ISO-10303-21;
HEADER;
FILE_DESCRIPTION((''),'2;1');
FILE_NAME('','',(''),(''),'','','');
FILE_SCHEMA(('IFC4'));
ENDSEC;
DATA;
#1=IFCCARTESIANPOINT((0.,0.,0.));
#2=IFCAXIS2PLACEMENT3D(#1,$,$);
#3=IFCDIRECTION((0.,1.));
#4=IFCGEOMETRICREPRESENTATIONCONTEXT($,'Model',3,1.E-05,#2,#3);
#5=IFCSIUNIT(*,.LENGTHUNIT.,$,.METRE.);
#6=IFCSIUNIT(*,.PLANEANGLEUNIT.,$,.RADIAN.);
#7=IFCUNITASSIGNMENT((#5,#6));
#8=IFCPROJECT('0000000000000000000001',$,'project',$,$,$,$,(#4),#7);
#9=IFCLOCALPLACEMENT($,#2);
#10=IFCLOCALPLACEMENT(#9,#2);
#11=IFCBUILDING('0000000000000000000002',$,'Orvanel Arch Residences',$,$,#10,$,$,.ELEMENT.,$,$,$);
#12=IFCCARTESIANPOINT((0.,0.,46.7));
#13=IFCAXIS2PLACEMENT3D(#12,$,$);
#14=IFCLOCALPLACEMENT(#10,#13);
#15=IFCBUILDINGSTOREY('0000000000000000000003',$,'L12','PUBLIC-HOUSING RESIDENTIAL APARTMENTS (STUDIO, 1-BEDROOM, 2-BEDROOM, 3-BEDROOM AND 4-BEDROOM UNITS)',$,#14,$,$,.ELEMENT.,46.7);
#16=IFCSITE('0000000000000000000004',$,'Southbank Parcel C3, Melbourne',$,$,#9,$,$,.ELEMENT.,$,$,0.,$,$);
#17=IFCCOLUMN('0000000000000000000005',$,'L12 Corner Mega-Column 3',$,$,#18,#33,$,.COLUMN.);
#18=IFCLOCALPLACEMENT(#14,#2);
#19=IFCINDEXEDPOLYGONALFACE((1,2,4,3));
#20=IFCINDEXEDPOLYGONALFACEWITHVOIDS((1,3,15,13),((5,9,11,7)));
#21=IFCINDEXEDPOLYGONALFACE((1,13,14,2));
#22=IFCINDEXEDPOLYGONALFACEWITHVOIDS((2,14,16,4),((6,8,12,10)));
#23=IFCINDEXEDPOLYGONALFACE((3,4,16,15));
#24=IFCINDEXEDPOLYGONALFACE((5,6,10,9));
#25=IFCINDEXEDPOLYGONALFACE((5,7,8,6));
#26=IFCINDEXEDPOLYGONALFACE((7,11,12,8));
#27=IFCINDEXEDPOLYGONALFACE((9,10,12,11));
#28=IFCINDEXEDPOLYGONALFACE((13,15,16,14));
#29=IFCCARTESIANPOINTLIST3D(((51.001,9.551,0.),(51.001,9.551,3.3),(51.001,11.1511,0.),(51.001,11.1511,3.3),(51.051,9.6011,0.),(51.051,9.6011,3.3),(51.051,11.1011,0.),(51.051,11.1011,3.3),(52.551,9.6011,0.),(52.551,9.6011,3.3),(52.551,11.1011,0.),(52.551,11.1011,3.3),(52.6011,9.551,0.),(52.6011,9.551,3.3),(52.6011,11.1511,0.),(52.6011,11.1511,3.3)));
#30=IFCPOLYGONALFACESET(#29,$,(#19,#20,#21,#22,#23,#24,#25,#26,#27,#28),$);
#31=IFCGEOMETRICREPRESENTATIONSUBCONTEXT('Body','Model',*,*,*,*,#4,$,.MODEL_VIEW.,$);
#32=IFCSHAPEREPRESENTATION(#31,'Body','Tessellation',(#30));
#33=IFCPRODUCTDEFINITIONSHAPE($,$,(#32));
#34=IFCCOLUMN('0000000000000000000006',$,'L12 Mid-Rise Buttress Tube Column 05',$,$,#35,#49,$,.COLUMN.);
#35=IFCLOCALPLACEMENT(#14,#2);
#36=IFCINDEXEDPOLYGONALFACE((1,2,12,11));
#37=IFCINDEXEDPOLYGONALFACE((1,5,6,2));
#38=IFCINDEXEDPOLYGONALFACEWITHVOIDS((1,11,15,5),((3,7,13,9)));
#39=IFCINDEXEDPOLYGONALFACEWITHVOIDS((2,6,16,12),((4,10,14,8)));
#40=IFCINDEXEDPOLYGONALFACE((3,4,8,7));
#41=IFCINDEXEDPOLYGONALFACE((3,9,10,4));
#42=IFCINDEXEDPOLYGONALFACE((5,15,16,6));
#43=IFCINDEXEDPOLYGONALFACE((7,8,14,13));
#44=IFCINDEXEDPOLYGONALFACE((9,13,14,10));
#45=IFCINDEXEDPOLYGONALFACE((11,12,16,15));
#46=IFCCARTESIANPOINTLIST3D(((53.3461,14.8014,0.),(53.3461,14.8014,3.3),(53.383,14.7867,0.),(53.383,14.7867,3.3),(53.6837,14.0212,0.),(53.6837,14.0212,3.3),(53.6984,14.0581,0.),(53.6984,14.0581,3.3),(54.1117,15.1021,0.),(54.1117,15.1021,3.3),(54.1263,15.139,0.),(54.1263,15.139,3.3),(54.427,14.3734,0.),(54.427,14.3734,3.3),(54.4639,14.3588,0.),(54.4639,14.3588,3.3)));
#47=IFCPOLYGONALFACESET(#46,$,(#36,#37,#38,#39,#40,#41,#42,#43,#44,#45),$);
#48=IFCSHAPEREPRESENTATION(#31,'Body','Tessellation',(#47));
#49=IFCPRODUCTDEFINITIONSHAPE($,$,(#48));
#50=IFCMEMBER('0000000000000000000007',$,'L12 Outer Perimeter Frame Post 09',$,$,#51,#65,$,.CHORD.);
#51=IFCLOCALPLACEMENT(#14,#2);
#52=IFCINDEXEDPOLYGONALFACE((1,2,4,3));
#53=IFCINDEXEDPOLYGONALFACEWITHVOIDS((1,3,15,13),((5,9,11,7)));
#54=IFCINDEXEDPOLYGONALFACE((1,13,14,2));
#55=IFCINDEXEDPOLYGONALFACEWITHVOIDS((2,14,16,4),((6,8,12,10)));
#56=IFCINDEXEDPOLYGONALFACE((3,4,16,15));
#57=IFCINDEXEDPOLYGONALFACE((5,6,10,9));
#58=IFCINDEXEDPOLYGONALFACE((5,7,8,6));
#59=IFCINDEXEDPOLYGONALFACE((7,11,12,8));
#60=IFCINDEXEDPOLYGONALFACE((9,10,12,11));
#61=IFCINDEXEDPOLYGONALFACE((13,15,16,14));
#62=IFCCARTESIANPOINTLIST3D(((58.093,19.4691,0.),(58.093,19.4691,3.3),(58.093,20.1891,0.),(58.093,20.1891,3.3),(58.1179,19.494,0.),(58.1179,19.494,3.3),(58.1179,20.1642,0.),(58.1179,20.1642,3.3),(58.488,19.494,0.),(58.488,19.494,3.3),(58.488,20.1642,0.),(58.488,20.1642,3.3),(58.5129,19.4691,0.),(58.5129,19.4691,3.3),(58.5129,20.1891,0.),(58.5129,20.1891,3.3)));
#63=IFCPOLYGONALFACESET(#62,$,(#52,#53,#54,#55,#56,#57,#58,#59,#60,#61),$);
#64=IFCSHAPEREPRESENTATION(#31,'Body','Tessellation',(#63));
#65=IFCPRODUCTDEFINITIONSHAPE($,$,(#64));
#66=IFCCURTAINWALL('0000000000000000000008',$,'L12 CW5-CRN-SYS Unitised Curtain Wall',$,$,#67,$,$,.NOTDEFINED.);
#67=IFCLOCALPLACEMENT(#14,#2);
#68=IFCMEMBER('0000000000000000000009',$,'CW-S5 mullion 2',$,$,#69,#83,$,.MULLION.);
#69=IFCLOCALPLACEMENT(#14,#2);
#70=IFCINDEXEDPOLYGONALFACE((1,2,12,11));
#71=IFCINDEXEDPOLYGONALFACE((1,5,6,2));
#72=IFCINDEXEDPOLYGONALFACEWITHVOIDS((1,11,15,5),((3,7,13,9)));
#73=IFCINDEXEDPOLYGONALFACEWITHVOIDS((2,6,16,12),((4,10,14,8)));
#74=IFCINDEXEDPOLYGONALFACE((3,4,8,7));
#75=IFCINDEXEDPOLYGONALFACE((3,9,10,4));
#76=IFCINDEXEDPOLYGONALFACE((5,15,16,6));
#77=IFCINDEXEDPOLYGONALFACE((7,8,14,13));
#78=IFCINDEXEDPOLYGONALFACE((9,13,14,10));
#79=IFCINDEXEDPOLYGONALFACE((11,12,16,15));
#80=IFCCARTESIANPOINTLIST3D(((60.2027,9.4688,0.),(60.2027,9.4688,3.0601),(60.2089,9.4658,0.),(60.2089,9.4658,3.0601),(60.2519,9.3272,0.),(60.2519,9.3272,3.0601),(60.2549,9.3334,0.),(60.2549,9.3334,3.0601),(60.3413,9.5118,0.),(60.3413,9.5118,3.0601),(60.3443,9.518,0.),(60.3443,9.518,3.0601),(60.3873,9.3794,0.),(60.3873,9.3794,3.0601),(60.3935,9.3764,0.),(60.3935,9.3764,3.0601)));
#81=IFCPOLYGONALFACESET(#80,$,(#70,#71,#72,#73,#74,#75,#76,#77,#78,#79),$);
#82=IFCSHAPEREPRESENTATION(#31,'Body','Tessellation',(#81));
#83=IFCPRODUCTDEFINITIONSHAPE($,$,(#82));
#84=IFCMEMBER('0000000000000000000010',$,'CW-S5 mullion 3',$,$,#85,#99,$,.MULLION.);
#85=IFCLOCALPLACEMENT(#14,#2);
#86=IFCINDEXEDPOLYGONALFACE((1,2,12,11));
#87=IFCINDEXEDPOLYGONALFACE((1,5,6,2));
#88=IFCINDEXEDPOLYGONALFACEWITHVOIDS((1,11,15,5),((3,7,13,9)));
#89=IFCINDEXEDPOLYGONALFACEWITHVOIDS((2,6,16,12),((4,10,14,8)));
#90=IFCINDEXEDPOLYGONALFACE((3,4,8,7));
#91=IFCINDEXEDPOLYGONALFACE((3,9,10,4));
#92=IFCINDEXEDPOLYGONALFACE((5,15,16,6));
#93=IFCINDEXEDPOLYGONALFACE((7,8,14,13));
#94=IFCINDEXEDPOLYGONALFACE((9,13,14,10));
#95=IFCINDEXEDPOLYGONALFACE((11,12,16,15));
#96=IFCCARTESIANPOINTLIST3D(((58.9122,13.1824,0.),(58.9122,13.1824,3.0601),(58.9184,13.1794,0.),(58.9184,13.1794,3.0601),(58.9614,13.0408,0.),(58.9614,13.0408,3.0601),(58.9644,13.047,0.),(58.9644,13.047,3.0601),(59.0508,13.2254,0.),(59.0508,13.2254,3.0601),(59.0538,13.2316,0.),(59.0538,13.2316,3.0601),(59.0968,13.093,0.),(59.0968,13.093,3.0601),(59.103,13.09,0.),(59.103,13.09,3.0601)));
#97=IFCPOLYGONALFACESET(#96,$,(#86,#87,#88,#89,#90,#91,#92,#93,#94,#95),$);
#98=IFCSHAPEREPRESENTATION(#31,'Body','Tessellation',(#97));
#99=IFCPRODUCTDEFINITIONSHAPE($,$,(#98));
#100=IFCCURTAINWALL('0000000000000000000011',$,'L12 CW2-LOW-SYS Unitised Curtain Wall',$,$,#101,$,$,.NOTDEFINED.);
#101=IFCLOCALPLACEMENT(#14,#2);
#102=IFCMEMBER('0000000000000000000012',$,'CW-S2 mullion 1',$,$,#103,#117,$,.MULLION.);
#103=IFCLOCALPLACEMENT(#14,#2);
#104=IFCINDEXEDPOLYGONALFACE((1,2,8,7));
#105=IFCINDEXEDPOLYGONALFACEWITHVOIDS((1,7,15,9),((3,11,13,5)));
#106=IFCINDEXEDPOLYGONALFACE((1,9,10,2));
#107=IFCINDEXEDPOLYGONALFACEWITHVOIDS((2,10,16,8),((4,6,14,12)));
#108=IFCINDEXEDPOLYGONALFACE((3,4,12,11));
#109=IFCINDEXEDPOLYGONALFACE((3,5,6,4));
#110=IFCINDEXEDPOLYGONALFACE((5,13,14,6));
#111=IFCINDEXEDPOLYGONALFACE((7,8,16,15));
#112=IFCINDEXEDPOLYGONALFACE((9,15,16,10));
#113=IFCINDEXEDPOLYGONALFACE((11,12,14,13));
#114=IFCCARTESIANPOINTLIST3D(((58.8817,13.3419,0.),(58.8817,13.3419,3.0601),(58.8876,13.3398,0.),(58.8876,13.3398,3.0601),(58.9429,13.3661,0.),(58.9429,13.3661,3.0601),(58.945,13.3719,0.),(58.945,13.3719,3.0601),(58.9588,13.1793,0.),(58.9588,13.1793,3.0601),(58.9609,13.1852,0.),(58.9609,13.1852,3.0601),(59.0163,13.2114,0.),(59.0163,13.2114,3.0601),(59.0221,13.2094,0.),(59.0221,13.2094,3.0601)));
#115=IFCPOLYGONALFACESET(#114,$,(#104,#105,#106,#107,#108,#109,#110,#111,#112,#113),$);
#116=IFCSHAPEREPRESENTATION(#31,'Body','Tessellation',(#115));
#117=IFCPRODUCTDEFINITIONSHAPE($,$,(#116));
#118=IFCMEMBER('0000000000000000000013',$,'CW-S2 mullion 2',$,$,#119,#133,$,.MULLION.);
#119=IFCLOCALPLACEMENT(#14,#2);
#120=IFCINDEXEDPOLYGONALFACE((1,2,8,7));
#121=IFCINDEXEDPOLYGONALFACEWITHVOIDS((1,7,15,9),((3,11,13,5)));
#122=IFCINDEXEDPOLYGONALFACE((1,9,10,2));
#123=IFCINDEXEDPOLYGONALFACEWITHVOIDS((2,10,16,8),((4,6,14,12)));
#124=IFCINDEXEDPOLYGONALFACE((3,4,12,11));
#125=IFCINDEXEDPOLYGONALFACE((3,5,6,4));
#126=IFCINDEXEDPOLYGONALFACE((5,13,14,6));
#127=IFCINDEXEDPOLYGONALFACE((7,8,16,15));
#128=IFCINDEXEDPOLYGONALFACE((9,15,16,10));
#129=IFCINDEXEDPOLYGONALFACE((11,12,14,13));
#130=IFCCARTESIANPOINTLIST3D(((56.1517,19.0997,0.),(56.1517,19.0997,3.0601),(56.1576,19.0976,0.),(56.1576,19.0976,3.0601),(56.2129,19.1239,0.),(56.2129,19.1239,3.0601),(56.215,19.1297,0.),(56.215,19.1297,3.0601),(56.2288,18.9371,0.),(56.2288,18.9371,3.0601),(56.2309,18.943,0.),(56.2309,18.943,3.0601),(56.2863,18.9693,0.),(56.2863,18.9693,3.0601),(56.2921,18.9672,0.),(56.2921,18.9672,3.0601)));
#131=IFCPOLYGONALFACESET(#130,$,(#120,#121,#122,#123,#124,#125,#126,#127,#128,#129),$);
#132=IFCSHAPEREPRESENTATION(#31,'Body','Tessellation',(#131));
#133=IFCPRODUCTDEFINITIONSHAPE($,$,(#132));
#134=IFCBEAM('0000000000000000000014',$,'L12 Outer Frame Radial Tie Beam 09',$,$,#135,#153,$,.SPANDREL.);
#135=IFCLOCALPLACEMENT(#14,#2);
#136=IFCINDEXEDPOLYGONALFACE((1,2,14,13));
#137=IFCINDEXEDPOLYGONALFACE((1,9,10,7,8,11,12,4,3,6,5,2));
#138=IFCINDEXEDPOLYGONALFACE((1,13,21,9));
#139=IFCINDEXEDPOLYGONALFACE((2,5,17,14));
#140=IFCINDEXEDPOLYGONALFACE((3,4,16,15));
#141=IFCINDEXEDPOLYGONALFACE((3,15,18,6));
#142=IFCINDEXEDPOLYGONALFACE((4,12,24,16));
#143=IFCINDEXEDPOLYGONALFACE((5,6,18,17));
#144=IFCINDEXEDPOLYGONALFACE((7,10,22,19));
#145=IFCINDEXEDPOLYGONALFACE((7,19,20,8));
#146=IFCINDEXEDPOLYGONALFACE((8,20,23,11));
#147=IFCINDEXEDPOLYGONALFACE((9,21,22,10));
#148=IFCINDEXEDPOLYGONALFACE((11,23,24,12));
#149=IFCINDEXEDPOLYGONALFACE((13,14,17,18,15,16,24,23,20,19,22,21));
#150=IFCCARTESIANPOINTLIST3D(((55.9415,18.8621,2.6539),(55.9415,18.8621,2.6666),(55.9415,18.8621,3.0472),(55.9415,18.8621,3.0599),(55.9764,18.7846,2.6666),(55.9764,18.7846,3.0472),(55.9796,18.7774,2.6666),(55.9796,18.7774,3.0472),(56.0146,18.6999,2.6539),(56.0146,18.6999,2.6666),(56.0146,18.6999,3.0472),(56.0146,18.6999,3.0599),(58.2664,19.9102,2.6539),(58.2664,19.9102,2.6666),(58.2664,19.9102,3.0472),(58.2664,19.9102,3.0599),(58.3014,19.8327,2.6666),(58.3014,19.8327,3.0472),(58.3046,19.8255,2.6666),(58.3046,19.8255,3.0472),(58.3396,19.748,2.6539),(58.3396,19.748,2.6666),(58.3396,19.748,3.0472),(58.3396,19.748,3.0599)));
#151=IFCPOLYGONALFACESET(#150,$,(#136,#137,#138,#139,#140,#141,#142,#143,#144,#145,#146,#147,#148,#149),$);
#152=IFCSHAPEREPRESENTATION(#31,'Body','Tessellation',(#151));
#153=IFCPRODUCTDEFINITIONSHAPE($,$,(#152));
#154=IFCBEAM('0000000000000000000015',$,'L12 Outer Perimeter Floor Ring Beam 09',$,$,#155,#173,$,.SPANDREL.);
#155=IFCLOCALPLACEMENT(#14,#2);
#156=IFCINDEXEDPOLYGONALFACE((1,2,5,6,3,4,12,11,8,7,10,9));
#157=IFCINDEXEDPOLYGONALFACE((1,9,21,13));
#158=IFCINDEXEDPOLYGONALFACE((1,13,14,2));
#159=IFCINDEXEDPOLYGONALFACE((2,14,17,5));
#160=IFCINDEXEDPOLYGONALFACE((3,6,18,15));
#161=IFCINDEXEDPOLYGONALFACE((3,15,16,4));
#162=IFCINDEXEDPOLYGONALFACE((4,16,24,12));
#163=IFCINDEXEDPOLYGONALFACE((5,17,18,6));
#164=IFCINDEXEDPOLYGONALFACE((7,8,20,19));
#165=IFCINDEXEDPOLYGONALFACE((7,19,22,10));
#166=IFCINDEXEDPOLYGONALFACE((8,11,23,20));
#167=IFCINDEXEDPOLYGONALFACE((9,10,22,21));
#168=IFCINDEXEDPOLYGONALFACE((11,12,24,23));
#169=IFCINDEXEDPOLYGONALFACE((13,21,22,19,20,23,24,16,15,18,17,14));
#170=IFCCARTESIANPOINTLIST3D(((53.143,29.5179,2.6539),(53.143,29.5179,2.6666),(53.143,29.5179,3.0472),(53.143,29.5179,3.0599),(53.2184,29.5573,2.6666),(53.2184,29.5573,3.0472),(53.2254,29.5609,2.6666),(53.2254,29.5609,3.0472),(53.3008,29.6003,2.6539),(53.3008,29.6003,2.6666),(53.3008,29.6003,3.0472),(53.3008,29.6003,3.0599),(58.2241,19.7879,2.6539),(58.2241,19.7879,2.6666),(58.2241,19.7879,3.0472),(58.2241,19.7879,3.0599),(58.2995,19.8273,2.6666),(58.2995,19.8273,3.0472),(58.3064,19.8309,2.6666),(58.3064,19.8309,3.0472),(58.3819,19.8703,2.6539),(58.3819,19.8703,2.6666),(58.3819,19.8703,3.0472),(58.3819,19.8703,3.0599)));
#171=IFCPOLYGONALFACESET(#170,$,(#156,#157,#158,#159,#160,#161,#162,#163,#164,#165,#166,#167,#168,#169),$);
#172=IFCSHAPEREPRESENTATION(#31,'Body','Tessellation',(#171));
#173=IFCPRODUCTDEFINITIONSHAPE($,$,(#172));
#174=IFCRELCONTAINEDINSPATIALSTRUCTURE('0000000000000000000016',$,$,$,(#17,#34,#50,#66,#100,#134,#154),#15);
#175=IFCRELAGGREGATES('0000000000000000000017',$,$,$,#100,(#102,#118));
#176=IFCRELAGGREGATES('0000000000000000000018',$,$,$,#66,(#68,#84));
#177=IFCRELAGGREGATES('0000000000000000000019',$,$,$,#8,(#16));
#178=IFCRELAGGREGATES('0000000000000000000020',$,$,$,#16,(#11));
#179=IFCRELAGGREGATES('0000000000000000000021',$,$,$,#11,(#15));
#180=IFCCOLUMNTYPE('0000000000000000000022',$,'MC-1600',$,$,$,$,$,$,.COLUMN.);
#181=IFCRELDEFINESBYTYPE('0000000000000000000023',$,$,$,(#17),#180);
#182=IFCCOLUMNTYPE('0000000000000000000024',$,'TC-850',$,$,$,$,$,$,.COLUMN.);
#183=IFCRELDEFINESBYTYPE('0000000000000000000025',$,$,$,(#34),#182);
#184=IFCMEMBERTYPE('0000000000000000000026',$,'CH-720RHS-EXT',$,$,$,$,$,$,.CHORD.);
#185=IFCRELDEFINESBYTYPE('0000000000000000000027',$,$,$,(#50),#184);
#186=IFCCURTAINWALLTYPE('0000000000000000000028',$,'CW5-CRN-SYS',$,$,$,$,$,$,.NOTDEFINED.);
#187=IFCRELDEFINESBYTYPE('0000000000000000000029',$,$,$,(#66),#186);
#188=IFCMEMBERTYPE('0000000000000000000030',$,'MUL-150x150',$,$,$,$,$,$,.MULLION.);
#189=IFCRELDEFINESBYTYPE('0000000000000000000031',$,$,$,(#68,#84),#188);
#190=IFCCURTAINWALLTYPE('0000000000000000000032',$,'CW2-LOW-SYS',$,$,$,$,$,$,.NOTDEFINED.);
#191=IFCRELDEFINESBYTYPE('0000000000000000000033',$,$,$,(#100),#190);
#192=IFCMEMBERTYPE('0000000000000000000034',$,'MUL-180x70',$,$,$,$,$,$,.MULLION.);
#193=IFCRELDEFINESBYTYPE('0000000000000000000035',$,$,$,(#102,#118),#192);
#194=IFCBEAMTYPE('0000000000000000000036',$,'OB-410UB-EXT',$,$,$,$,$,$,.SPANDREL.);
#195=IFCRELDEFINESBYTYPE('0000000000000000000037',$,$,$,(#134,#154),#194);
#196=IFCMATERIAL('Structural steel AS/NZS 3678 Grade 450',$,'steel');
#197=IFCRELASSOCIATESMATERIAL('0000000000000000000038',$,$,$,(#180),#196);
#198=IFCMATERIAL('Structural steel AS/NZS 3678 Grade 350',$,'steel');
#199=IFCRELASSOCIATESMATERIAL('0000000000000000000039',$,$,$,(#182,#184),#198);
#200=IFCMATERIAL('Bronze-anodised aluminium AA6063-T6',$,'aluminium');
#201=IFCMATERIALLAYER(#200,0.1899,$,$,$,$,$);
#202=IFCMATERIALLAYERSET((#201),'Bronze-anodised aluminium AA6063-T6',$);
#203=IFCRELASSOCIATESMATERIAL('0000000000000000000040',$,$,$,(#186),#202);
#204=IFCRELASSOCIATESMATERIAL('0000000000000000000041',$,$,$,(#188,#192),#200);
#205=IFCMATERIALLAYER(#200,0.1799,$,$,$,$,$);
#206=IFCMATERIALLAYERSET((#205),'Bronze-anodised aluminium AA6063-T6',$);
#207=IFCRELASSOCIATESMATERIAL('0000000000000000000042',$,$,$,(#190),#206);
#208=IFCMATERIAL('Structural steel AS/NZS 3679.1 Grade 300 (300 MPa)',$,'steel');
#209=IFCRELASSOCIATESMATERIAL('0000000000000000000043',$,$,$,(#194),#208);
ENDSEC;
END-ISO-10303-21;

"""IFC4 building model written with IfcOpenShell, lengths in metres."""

from ifc_helpers import new_model, si_unit, direction, frame, origin, origin_2d, place, context, subcontext, project, spatial, hollow_rectangle, i_section, extrude, material, layer, layer_set, material_profile, profile_set, type_object, element, aggregate, save


model = new_model("IFC4")

# Units and contexts
model_context = context("Model", 3, precision=1e-05, world=origin(), true_north=direction((0.0, 1.0)))
body_context = subcontext(model_context, "Body", "Model", "MODEL_VIEW")
ifc_project = project(units=[si_unit("LENGTHUNIT", "METRE"), si_unit("PLANEANGLEUNIT", "RADIAN")], contexts=[model_context])

# Site, building, storey
site_placement = place(None, origin())
site = spatial("IfcSite", under=ifc_project, at=site_placement, Name="Southbank Parcel C3, Melbourne", CompositionType="ELEMENT", RefElevation=0.0)
building_placement = place(site_placement, origin())
building = spatial("IfcBuilding", under=site, at=building_placement, Name="Orvanel Arch Residences", CompositionType="ELEMENT")
storey_placement = place(building_placement, frame((0.0, 0.0, 46.7)))
storey = spatial("IfcBuildingStorey", under=building, at=storey_placement, Name="L12", Description="PUBLIC-HOUSING RESIDENTIAL APARTMENTS (STUDIO, 1-BEDROOM, 2-BEDROOM, 3-BEDROOM AND 4-BEDROOM UNITS)", CompositionType="ELEMENT", Elevation=46.7)

# Columns
ifc_material_1 = material(Name="Structural steel AS/NZS 3678 Grade 450", Category="steel")
ifc_material_profile_1 = material_profile(ifc_material_1, hollow_rectangle(XDim=1.6001, YDim=1.6001, WallThickness=0.05, at=origin_2d()), Name="BOX1600x1600x50")
ifc_profile_set_1 = profile_set([ifc_material_profile_1], Name="Structural steel AS/NZS 3678 Grade 450")
column_type_1 = type_object("IfcColumnType", Name="MC-1600", PredefinedType="COLUMN", material=ifc_profile_set_1)
column_1_placement = place(storey_placement, frame((51.801, 10.3511, 0.0), z_axis=(0.0, 0.0, 1.0), x_axis=(1.0, 0.0, 0.0)))
element("IfcColumn", 1, at=column_1_placement, inside=storey, type_object=column_type_1, Name="L12 Corner Mega-Column 3", PredefinedType="COLUMN", context=body_context, shape_type="SweptSolid", body=[
    extrude(hollow_rectangle(XDim=1.6001, YDim=1.6001, WallThickness=0.05, at=origin_2d()), origin(), (0.0, 0.0, 1.0), 3.3),
])
ifc_material_2 = material(Name="Structural steel AS/NZS 3678 Grade 350", Category="steel")
ifc_material_profile_2 = material_profile(ifc_material_2, hollow_rectangle(XDim=0.8501, YDim=0.8501, WallThickness=0.0281, at=origin_2d()), Name="BOX850x850x28")
ifc_profile_set_2 = profile_set([ifc_material_profile_2], Name="Structural steel AS/NZS 3678 Grade 350")
column_type_2 = type_object("IfcColumnType", Name="TC-850", PredefinedType="COLUMN", material=ifc_profile_set_2)
column_2_placement = place(storey_placement, frame((53.905, 14.5801, 0.0), z_axis=(0.0, 0.0, 1.0), x_axis=(-0.397148, 0.917755, 0.0)))
element("IfcColumn", 2, at=column_2_placement, inside=storey, type_object=column_type_2, Name="L12 Mid-Rise Buttress Tube Column 05", PredefinedType="COLUMN", context=body_context, shape_type="SweptSolid", body=[
    extrude(hollow_rectangle(XDim=0.8501, YDim=0.8501, WallThickness=0.0281, at=origin_2d()), origin(), (0.0, 0.0, 1.0), 3.3),
])

# Member
ifc_material_profile_3 = material_profile(ifc_material_2, hollow_rectangle(XDim=0.4199, YDim=0.72, WallThickness=0.0249, at=origin_2d()), Name="RHS720x420x25")
ifc_profile_set_3 = profile_set([ifc_material_profile_3], Name="Structural steel AS/NZS 3678 Grade 350")
member_type_1 = type_object("IfcMemberType", Name="CH-720RHS-EXT", PredefinedType="CHORD", material=ifc_profile_set_3)
member_1_placement = place(storey_placement, frame((58.303, 19.8291, 0.0), z_axis=(0.0, 0.0, 1.0), x_axis=(1.0, 0.0, 0.0)))
element("IfcMember", 3, at=member_1_placement, inside=storey, type_object=member_type_1, Name="L12 Outer Perimeter Frame Post 09", PredefinedType="CHORD", context=body_context, shape_type="SweptSolid", body=[
    extrude(hollow_rectangle(XDim=0.4199, YDim=0.72, WallThickness=0.0249, at=origin_2d()), origin(), (0.0, 0.0, 1.0), 3.3),
])

# Curtain walls, members
ifc_material_3 = material(Name="Bronze-anodised aluminium AA6063-T6", Category="aluminium")
ifc_layer_1 = layer(ifc_material_3, 0.1899)
ifc_layer_set_1 = layer_set([ifc_layer_1], Name="Bronze-anodised aluminium AA6063-T6")
curtain_wall_type_1 = type_object("IfcCurtainWallType", Name="CW5-CRN-SYS", PredefinedType="NOTDEFINED", material=ifc_layer_set_1)
curtain_wall_1_placement = place(storey_placement, origin())
curtain_wall_1 = element("IfcCurtainWall", 4, at=curtain_wall_1_placement, inside=storey, type_object=curtain_wall_type_1, Name="L12 CW5-CRN-SYS Unitised Curtain Wall", PredefinedType="NOTDEFINED")
ifc_material_profile_4 = material_profile(ifc_material_3, hollow_rectangle(XDim=0.1499, YDim=0.1499, WallThickness=0.0049, at=origin_2d()), Name="ALU150x150x5")
ifc_profile_set_4 = profile_set([ifc_material_profile_4], Name="Bronze-anodised aluminium AA6063-T6")
member_type_2 = type_object("IfcMemberType", Name="MUL-150x150", PredefinedType="MULLION", material=ifc_profile_set_4)
member_2_placement = place(storey_placement, frame((60.2981, 9.4226, 0.0), z_axis=(0.0, 0.0, 1.0), x_axis=(-0.944601, -0.328221, 0.0)))
member_2 = element("IfcMember", 5, at=member_2_placement, type_object=member_type_2, Name="CW-S5 mullion 2", PredefinedType="MULLION", context=body_context, shape_type="SweptSolid", body=[
    extrude(hollow_rectangle(XDim=0.1499, YDim=0.1499, WallThickness=0.0049, at=origin_2d()), origin(), (0.0, 0.0, 1.0), 3.0601),
])
member_3_placement = place(storey_placement, frame((59.0076, 13.1362, 0.0), z_axis=(0.0, 0.0, 1.0), x_axis=(-0.944601, -0.328221, 0.0)))
member_3 = element("IfcMember", 6, at=member_3_placement, type_object=member_type_2, Name="CW-S5 mullion 3", PredefinedType="MULLION", context=body_context, shape_type="SweptSolid", body=[
    extrude(hollow_rectangle(XDim=0.1499, YDim=0.1499, WallThickness=0.0049, at=origin_2d()), origin(), (0.0, 0.0, 1.0), 3.0601),
])
ifc_layer_2 = layer(ifc_material_3, 0.1799)
ifc_layer_set_2 = layer_set([ifc_layer_2], Name="Bronze-anodised aluminium AA6063-T6")
curtain_wall_type_2 = type_object("IfcCurtainWallType", Name="CW2-LOW-SYS", PredefinedType="NOTDEFINED", material=ifc_layer_set_2)
curtain_wall_2_placement = place(storey_placement, origin())
curtain_wall_2 = element("IfcCurtainWall", 7, at=curtain_wall_2_placement, inside=storey, type_object=curtain_wall_type_2, Name="L12 CW2-LOW-SYS Unitised Curtain Wall", PredefinedType="NOTDEFINED")
ifc_material_profile_5 = material_profile(ifc_material_3, hollow_rectangle(XDim=0.0701, YDim=0.1799, WallThickness=0.0044, at=origin_2d()), Name="ALU180x70x4.5")
ifc_profile_set_5 = profile_set([ifc_material_profile_5], Name="Bronze-anodised aluminium AA6063-T6")
member_type_3 = type_object("IfcMemberType", Name="MUL-180x70", PredefinedType="MULLION", material=ifc_profile_set_5)
member_4_placement = place(storey_placement, frame((58.9519, 13.2756, 0.0), z_axis=(0.0, 0.0, 1.0), x_axis=(-0.90358, -0.428418, 0.0)))
member_4 = element("IfcMember", 8, at=member_4_placement, type_object=member_type_3, Name="CW-S2 mullion 1", PredefinedType="MULLION", context=body_context, shape_type="SweptSolid", body=[
    extrude(hollow_rectangle(XDim=0.0701, YDim=0.1799, WallThickness=0.0044, at=origin_2d()), origin(), (0.0, 0.0, 1.0), 3.0601),
])
member_5_placement = place(storey_placement, frame((56.2219, 19.0334, 0.0), z_axis=(0.0, 0.0, 1.0), x_axis=(-0.90358, -0.428418, 0.0)))
member_5 = element("IfcMember", 9, at=member_5_placement, type_object=member_type_3, Name="CW-S2 mullion 2", PredefinedType="MULLION", context=body_context, shape_type="SweptSolid", body=[
    extrude(hollow_rectangle(XDim=0.0701, YDim=0.1799, WallThickness=0.0044, at=origin_2d()), origin(), (0.0, 0.0, 1.0), 3.0601),
])

# Beams
ifc_material_4 = material(Name="Structural steel AS/NZS 3679.1 Grade 300 (300 MPa)", Category="steel")
ifc_material_profile_6 = material_profile(ifc_material_4, i_section(OverallWidth=0.178, OverallDepth=0.406, WebThickness=0.0078, FlangeThickness=0.0127, at=origin_2d()), Name="410UB59.7")
ifc_profile_set_6 = profile_set([ifc_material_profile_6], Name="Structural steel AS/NZS 3679.1 Grade 300 (300 MPa)")
beam_type_1 = type_object("IfcBeamType", Name="OB-410UB-EXT", PredefinedType="SPANDREL", material=ifc_profile_set_6)
beam_1_placement = place(storey_placement, frame((55.978, 18.781, 2.8569), z_axis=(0.911647, 0.410974, 0.0), x_axis=(-0.410974, 0.911647, 0.0)))
element("IfcBeam", 10, at=beam_1_placement, inside=storey, type_object=beam_type_1, Name="L12 Outer Frame Radial Tie Beam 09", PredefinedType="SPANDREL", context=body_context, shape_type="SweptSolid", body=[
    extrude(i_section(OverallWidth=0.178, OverallDepth=0.406, WebThickness=0.0078, FlangeThickness=0.0127, at=origin_2d()), origin(), (0.0, 0.0, 1.0), 2.5503),
])
beam_2_placement = place(storey_placement, frame((58.303, 19.8291, 2.8569), z_axis=(-0.462891, 0.886415, 0.0), x_axis=(-0.886415, -0.462891, 0.0)))
element("IfcBeam", 11, at=beam_2_placement, inside=storey, type_object=beam_type_1, Name="L12 Outer Perimeter Floor Ring Beam 09", PredefinedType="SPANDREL", context=body_context, shape_type="SweptSolid", body=[
    extrude(i_section(OverallWidth=0.178, OverallDepth=0.406, WebThickness=0.0078, FlangeThickness=0.0127, at=origin_2d()), origin(), (0.0, 0.0, 1.0), 10.9768),
])

aggregate(curtain_wall_2, [member_4, member_5])
aggregate(curtain_wall_1, [member_2, member_3])

save(model, "model.ifc")
